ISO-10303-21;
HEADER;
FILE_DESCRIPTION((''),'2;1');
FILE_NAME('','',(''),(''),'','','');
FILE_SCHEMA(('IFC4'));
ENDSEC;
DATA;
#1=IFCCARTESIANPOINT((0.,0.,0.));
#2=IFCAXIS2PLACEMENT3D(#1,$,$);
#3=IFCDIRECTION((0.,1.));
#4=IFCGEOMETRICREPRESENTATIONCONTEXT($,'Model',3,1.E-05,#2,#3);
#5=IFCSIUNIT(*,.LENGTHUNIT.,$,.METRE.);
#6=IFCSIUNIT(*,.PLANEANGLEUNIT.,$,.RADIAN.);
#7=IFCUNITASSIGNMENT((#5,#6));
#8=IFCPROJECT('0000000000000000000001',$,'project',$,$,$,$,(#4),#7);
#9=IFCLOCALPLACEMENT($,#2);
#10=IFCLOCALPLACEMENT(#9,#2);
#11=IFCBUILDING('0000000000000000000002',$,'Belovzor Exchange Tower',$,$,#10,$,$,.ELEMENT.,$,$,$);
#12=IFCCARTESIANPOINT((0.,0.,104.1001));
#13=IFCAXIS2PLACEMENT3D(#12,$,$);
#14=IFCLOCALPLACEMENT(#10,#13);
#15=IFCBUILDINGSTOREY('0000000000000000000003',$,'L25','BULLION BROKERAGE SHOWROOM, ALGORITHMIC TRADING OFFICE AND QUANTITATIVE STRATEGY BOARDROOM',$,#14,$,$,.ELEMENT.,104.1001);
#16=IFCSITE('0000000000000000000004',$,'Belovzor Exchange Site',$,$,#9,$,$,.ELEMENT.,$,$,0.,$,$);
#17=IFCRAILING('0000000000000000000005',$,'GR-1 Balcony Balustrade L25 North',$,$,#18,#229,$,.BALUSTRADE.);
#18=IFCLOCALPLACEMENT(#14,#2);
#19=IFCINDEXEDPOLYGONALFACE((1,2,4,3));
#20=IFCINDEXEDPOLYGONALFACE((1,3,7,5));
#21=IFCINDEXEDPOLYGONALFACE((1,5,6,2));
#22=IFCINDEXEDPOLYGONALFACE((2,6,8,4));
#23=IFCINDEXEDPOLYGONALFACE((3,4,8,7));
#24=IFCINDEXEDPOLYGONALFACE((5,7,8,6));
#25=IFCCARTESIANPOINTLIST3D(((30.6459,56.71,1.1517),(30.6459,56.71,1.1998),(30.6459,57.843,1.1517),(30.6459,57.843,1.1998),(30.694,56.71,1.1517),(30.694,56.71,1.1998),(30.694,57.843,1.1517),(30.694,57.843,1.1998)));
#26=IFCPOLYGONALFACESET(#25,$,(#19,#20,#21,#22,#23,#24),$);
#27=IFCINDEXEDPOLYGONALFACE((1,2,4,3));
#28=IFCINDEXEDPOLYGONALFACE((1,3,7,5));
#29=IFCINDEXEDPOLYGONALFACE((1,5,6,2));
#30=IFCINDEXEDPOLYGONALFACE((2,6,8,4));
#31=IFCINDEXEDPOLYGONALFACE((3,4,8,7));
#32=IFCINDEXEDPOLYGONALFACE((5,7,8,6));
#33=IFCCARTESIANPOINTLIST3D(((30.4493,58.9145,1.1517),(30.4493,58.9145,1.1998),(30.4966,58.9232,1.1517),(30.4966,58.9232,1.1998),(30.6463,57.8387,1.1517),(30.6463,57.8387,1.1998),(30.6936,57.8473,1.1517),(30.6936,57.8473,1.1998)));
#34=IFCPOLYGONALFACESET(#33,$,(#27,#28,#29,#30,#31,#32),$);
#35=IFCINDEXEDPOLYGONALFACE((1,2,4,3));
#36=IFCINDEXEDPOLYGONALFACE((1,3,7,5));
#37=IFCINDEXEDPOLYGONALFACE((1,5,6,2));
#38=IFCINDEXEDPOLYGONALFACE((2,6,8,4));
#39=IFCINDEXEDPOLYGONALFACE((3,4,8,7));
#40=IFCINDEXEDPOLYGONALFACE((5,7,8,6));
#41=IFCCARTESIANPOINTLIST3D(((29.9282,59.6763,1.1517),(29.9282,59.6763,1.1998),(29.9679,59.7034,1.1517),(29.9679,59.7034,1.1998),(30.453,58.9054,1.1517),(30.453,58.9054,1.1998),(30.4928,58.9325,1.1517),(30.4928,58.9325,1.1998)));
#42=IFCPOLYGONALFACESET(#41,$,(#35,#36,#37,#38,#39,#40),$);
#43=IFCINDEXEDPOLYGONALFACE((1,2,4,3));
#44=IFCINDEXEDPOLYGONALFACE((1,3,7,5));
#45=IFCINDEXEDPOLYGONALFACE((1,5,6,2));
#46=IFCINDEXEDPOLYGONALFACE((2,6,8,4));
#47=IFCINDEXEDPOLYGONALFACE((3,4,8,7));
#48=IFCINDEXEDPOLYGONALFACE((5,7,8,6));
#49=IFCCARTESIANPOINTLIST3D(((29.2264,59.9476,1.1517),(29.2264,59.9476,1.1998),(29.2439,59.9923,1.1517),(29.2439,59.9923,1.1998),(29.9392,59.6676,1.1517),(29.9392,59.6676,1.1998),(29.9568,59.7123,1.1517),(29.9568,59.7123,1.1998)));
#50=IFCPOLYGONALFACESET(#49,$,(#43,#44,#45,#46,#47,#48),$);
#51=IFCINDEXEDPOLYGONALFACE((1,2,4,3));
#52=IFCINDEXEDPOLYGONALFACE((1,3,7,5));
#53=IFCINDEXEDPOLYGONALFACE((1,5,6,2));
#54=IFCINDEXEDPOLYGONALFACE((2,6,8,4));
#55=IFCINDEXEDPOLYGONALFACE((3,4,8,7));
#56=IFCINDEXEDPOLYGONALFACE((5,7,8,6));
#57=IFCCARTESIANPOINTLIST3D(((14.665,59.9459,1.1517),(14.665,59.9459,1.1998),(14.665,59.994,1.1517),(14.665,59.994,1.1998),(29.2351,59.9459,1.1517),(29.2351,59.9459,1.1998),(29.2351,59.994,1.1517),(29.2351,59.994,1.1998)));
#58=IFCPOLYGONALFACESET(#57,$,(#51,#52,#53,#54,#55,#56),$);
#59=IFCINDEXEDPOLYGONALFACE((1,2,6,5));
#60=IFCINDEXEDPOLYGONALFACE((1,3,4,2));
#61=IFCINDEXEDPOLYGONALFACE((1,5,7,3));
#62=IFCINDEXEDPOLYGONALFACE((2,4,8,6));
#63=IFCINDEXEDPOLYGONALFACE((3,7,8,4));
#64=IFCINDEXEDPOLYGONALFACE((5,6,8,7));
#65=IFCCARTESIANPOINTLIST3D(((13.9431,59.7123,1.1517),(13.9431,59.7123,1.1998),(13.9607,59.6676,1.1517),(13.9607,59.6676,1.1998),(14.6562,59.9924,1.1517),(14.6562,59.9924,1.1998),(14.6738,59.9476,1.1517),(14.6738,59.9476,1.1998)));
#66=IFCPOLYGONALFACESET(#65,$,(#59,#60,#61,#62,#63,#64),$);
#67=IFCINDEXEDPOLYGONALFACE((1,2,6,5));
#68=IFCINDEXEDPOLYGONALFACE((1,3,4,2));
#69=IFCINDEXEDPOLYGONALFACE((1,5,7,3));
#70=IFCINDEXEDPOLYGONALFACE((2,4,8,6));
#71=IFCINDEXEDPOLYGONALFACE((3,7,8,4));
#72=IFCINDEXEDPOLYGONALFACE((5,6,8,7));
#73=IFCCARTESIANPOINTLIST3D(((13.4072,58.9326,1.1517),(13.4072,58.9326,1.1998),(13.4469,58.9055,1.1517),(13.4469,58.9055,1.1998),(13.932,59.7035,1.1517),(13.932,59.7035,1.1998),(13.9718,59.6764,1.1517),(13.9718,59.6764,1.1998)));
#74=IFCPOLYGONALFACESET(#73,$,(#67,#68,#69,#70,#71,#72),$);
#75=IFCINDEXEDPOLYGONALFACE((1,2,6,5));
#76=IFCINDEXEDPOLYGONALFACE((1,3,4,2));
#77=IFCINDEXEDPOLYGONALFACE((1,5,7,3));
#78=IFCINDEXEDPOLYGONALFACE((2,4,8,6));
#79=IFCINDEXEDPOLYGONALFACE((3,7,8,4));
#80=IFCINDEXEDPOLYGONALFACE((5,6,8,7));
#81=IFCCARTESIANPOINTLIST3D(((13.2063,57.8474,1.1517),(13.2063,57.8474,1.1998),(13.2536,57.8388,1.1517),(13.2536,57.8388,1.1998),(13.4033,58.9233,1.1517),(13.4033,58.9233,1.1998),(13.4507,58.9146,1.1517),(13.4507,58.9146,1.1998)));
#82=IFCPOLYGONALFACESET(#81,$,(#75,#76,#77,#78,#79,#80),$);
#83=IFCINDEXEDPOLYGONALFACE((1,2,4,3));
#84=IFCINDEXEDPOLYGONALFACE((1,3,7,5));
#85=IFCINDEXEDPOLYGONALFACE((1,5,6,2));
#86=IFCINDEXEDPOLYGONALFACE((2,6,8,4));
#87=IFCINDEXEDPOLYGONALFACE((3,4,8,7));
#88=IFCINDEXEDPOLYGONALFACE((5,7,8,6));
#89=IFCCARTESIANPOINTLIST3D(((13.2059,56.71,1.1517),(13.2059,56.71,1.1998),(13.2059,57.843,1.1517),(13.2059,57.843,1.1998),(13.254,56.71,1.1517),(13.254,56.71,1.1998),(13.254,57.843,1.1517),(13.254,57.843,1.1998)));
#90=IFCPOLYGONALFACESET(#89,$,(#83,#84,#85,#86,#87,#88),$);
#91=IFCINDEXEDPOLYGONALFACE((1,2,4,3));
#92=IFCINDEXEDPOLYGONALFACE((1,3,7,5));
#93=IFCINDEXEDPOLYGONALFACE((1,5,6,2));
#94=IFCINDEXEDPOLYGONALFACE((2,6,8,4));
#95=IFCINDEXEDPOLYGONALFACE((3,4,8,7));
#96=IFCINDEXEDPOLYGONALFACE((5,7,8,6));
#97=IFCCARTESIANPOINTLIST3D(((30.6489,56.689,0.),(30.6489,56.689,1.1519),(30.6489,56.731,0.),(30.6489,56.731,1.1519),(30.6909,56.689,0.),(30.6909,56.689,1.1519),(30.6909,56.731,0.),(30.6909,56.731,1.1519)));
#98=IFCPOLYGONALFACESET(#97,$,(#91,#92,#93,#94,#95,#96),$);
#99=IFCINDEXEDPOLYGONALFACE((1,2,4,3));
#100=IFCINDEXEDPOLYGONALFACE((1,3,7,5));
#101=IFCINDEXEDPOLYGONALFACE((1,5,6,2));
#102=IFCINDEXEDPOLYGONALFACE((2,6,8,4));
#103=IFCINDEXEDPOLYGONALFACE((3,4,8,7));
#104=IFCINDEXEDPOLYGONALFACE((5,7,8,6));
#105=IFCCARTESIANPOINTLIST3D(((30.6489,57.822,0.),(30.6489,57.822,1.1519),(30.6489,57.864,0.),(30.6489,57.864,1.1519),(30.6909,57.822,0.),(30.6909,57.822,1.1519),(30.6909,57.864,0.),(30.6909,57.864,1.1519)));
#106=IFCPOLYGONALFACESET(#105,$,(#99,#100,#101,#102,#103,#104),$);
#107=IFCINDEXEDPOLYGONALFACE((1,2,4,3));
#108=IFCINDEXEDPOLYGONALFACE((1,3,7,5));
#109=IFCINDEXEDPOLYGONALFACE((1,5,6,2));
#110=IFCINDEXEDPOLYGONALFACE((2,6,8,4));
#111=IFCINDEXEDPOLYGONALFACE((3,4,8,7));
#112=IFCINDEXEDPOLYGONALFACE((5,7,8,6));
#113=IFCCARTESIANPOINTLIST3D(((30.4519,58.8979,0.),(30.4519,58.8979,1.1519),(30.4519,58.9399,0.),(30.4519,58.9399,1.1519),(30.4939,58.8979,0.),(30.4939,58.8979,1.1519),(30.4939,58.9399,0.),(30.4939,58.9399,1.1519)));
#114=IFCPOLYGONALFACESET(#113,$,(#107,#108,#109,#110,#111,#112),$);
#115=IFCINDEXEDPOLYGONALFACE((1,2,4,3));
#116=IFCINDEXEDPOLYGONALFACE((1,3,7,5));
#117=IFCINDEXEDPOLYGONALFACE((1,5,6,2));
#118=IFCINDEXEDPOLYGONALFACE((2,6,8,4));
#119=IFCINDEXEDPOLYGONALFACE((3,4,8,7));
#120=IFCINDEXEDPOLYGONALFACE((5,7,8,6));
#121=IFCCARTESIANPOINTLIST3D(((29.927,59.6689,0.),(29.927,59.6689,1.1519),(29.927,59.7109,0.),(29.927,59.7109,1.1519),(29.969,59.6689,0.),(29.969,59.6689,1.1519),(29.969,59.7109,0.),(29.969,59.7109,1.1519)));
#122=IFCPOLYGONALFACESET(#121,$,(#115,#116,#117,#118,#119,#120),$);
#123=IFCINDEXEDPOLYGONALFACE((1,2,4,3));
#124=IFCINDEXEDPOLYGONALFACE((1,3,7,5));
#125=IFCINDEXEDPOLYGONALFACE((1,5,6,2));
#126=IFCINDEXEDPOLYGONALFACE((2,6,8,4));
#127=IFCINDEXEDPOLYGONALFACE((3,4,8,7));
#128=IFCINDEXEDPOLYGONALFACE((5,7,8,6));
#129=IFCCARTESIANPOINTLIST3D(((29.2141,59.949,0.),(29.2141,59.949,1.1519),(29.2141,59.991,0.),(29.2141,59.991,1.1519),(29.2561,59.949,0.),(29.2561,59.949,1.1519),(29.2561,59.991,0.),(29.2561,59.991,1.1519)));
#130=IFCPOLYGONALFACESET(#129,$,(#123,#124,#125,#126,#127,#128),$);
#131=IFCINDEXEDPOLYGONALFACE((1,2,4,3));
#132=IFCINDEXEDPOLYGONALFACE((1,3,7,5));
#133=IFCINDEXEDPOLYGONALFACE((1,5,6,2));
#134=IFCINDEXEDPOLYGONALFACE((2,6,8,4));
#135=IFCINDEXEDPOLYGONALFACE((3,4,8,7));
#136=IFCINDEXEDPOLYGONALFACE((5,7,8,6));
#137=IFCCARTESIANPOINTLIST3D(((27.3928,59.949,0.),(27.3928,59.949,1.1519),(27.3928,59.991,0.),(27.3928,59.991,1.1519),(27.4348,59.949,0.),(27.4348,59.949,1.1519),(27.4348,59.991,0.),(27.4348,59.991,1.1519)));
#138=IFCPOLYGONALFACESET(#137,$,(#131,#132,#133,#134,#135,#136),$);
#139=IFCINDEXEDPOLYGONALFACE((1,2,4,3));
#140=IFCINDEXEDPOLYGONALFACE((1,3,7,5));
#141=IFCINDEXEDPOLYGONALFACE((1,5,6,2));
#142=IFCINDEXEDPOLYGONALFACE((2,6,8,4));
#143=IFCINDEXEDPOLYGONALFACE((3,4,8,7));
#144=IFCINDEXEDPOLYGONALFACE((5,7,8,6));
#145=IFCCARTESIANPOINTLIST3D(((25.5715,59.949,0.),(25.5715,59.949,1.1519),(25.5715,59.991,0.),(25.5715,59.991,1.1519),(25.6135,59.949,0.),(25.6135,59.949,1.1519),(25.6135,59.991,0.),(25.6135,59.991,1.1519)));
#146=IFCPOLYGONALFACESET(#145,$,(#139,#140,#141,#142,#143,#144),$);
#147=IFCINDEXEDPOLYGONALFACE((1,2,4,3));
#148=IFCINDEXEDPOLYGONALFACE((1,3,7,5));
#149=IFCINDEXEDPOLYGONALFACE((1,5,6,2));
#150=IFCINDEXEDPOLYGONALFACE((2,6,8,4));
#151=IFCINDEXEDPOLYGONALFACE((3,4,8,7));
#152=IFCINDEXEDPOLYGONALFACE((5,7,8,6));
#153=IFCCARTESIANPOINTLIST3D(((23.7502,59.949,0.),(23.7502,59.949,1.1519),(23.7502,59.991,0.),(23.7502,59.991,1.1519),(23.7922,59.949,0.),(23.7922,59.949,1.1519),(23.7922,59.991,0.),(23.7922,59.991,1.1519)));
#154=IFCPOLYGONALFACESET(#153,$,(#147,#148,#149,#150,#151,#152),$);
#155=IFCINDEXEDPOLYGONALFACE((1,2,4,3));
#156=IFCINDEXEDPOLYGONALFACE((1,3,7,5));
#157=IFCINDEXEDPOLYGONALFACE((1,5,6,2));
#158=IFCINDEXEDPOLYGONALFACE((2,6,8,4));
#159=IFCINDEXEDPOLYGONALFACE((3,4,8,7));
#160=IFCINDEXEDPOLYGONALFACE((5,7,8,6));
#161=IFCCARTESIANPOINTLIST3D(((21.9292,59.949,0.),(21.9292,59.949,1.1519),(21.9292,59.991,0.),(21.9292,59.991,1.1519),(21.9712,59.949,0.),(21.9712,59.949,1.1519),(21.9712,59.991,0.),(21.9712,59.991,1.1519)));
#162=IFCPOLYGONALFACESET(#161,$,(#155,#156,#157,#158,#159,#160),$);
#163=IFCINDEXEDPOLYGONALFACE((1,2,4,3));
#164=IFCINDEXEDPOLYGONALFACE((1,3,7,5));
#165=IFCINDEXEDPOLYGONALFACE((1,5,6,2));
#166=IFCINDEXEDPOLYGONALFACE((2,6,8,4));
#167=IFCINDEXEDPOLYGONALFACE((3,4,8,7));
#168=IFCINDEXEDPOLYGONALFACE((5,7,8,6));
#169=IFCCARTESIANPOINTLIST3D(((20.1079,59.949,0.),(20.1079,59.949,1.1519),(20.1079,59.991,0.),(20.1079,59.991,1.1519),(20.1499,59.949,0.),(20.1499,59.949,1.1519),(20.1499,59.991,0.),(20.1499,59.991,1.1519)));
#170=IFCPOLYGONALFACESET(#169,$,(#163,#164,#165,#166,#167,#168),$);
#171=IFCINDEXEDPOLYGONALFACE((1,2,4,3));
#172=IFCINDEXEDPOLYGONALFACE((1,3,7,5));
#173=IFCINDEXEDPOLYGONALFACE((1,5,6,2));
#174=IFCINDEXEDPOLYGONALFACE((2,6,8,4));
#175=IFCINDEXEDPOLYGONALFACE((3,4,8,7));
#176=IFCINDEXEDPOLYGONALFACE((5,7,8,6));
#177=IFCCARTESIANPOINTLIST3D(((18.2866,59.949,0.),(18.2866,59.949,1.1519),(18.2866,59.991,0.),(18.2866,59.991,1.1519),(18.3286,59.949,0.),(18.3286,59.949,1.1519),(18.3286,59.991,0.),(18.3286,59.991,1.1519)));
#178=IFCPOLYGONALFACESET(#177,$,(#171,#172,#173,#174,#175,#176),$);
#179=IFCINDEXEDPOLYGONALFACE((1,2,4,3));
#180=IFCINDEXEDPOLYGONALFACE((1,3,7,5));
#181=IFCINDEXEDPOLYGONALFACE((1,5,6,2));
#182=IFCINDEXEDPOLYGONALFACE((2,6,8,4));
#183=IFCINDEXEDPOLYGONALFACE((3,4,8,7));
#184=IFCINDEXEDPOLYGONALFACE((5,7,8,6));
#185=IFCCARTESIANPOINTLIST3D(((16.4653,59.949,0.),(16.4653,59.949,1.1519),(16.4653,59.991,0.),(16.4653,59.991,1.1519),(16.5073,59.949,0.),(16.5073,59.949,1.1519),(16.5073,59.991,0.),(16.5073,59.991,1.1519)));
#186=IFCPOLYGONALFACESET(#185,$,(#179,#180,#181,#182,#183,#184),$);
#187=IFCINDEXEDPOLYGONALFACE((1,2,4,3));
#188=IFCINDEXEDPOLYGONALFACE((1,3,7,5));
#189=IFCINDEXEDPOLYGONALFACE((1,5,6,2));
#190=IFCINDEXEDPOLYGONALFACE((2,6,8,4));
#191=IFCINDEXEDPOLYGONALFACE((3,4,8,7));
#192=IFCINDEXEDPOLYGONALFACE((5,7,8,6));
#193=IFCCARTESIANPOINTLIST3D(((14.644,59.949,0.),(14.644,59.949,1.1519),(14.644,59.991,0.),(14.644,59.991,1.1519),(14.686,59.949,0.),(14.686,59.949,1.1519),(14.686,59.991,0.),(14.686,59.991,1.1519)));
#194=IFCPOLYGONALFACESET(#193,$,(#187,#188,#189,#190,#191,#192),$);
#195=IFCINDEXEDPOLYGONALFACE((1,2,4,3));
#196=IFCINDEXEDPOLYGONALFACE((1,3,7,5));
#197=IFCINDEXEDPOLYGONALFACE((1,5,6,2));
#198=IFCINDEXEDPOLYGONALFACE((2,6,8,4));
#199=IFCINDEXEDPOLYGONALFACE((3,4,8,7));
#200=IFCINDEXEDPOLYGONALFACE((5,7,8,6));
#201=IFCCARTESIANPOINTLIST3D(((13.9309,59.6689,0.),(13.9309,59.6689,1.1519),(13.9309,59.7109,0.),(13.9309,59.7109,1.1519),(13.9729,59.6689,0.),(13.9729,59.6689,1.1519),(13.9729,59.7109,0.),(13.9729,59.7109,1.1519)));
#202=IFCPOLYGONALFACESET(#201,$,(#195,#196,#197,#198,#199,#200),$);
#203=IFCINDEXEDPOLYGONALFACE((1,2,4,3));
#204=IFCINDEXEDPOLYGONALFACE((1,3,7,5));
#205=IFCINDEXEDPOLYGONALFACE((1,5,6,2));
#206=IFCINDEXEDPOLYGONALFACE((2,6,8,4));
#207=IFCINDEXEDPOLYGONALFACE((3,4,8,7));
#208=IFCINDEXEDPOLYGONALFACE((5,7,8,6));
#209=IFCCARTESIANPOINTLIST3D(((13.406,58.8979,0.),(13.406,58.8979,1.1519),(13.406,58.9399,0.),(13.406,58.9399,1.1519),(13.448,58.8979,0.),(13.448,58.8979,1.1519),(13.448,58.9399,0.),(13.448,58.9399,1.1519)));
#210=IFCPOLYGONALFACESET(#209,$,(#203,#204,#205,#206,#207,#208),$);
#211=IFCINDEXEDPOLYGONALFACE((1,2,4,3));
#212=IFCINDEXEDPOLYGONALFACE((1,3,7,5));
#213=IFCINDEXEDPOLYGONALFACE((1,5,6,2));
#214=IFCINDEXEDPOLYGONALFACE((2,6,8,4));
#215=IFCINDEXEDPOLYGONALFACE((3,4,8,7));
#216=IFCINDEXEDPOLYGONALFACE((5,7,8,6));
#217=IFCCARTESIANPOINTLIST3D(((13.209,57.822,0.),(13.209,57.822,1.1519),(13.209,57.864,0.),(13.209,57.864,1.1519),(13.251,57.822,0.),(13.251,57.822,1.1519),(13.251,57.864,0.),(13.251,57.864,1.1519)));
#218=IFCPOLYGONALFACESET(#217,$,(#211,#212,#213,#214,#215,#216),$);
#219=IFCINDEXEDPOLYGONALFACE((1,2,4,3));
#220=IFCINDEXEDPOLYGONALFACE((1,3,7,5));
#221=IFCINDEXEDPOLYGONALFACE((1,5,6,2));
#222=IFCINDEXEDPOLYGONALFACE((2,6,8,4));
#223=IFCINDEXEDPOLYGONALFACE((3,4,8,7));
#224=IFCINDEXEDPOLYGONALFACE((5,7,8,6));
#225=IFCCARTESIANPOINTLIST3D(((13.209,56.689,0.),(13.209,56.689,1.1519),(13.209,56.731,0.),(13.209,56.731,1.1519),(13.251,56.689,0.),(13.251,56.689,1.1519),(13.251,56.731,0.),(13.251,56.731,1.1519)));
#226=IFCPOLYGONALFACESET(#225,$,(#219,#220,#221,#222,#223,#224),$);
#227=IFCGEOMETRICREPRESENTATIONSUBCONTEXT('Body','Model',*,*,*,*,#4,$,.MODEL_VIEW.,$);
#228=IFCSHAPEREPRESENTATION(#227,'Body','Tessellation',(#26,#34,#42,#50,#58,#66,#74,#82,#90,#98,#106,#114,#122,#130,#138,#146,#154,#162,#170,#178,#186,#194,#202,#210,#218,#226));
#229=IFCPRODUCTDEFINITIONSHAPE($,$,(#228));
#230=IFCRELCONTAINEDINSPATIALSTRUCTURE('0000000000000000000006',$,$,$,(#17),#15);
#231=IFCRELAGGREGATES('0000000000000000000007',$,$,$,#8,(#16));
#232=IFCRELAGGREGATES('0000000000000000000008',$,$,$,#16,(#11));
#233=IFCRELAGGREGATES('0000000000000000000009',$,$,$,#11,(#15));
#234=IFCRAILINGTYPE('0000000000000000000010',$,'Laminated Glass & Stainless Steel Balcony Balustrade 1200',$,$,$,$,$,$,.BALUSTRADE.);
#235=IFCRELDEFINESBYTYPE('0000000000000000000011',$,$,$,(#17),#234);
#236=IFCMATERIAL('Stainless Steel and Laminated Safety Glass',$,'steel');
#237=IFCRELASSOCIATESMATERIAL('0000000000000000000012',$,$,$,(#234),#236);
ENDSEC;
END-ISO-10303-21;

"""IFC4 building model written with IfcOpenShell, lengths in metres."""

from ifc_helpers import new_model, si_unit, direction, frame, origin, origin_2d, place, context, subcontext, project, spatial, rectangle, extrude, material, type_object, element, save


model = new_model("IFC4")

# Units and contexts
model_context = context("Model", 3, precision=1e-05, world=origin(), true_north=direction((0.0, 1.0)))
body_context = subcontext(model_context, "Body", "Model", "MODEL_VIEW")
ifc_project = project(units=[si_unit("LENGTHUNIT", "METRE"), si_unit("PLANEANGLEUNIT", "RADIAN")], contexts=[model_context])

# Site, building, storey
site_placement = place(None, origin())
site = spatial("IfcSite", under=ifc_project, at=site_placement, Name="Belovzor Exchange Site", CompositionType="ELEMENT", RefElevation=0.0)
building_placement = place(site_placement, origin())
building = spatial("IfcBuilding", under=site, at=building_placement, Name="Belovzor Exchange Tower", CompositionType="ELEMENT")
storey_placement = place(building_placement, frame((0.0, 0.0, 104.1001)))
storey = spatial("IfcBuildingStorey", under=building, at=storey_placement, Name="L25", Description="BULLION BROKERAGE SHOWROOM, ALGORITHMIC TRADING OFFICE AND QUANTITATIVE STRATEGY BOARDROOM", CompositionType="ELEMENT", Elevation=104.1001)

# Railing
ifc_material_1 = material(Name="Stainless Steel and Laminated Safety Glass", Category="steel")
railing_type = type_object("IfcRailingType", Name="Laminated Glass & Stainless Steel Balcony Balustrade 1200", PredefinedType="BALUSTRADE", material=ifc_material_1)
railing_placement = place(storey_placement, frame((30.6699, 56.71, 0.0)))
element("IfcRailing", 1, at=railing_placement, inside=storey, type_object=railing_type, Name="GR-1 Balcony Balustrade L25 North", PredefinedType="BALUSTRADE", context=body_context, shape_type="SweptSolid", body=[
    extrude(rectangle(XDim=0.0481, YDim=0.0481, at=origin_2d()), frame((0.0, 0.0, 1.1758), z_axis=(0.0, 1.0, 0.0), x_axis=(-1.0, 0.0, 0.0)), (0.0, 0.0, 1.0), 1.1331),
    extrude(rectangle(XDim=0.0481, YDim=0.0481, at=origin_2d()), frame((0.0, 1.1331, 1.1758), z_axis=(-0.180123, 0.983644, 0.0), x_axis=(-0.983644, -0.180123, 0.0)), (0.0, 0.0, 1.0), 1.0938),
    extrude(rectangle(XDim=0.0481, YDim=0.0481, at=origin_2d()), frame((-0.197, 2.209, 1.1758), z_axis=(-0.562768, 0.826615, 0.0), x_axis=(-0.826615, -0.562768, 0.0)), (0.0, 0.0, 1.0), 0.9326),
    extrude(rectangle(XDim=0.0481, YDim=0.0481, at=origin_2d()), frame((-0.7219, 2.98, 1.1758), z_axis=(-0.930767, 0.365613, 0.0), x_axis=(-0.365613, -0.930767, 0.0)), (0.0, 0.0, 1.0), 0.7659),
    extrude(rectangle(XDim=0.0481, YDim=0.0481, at=origin_2d()), frame((-1.4348, 3.26, 1.1758), z_axis=(-1.0, 0.0, 0.0), x_axis=(0.0, -1.0, 0.0)), (0.0, 0.0, 1.0), 14.5701),
    extrude(rectangle(XDim=0.0481, YDim=0.0481, at=origin_2d()), frame((-16.0049, 3.26, 1.1758), z_axis=(-0.93081, -0.365504, 0.0), x_axis=(0.365504, -0.93081, 0.0)), (0.0, 0.0, 1.0), 0.7661),
    extrude(rectangle(XDim=0.0481, YDim=0.0481, at=origin_2d()), frame((-16.718, 2.98, 1.1758), z_axis=(-0.562768, -0.826615, 0.0), x_axis=(0.826615, -0.562768, 0.0)), (0.0, 0.0, 1.0), 0.9326),
    extrude(rectangle(XDim=0.0481, YDim=0.0481, at=origin_2d()), frame((-17.2429, 2.209, 1.1758), z_axis=(-0.180123, -0.983644, 0.0), x_axis=(0.983644, -0.180123, 0.0)), (0.0, 0.0, 1.0), 1.0938),
    extrude(rectangle(XDim=0.0481, YDim=0.0481, at=origin_2d()), frame((-17.4399, 1.1331, 1.1758), z_axis=(0.0, -1.0, 0.0), x_axis=(1.0, 0.0, 0.0)), (0.0, 0.0, 1.0), 1.1331),
    extrude(rectangle(XDim=0.042, YDim=0.042, at=origin_2d()), origin(), (0.0, 0.0, 1.0), 1.1519),
    extrude(rectangle(XDim=0.042, YDim=0.042, at=origin_2d()), frame((0.0, 1.1331, 0.0)), (0.0, 0.0, 1.0), 1.1519),
    extrude(rectangle(XDim=0.042, YDim=0.042, at=origin_2d()), frame((-0.197, 2.209, 0.0)), (0.0, 0.0, 1.0), 1.1519),
    extrude(rectangle(XDim=0.042, YDim=0.042, at=origin_2d()), frame((-0.7219, 2.98, 0.0)), (0.0, 0.0, 1.0), 1.1519),
    extrude(rectangle(XDim=0.042, YDim=0.042, at=origin_2d()), frame((-1.4348, 3.26, 0.0)), (0.0, 0.0, 1.0), 1.1519),
    extrude(rectangle(XDim=0.042, YDim=0.042, at=origin_2d()), frame((-3.2561, 3.26, 0.0)), (0.0, 0.0, 1.0), 1.1519),
    extrude(rectangle(XDim=0.042, YDim=0.042, at=origin_2d()), frame((-5.0774, 3.26, 0.0)), (0.0, 0.0, 1.0), 1.1519),
    extrude(rectangle(XDim=0.042, YDim=0.042, at=origin_2d()), frame((-6.8987, 3.26, 0.0)), (0.0, 0.0, 1.0), 1.1519),
    extrude(rectangle(XDim=0.042, YDim=0.042, at=origin_2d()), frame((-8.7197, 3.26, 0.0)), (0.0, 0.0, 1.0), 1.1519),
    extrude(rectangle(XDim=0.042, YDim=0.042, at=origin_2d()), frame((-10.541, 3.26, 0.0)), (0.0, 0.0, 1.0), 1.1519),
    extrude(rectangle(XDim=0.042, YDim=0.042, at=origin_2d()), frame((-12.3623, 3.26, 0.0)), (0.0, 0.0, 1.0), 1.1519),
    extrude(rectangle(XDim=0.042, YDim=0.042, at=origin_2d()), frame((-14.1836, 3.26, 0.0)), (0.0, 0.0, 1.0), 1.1519),
    extrude(rectangle(XDim=0.042, YDim=0.042, at=origin_2d()), frame((-16.0049, 3.26, 0.0)), (0.0, 0.0, 1.0), 1.1519),
    extrude(rectangle(XDim=0.042, YDim=0.042, at=origin_2d()), frame((-16.718, 2.98, 0.0)), (0.0, 0.0, 1.0), 1.1519),
    extrude(rectangle(XDim=0.042, YDim=0.042, at=origin_2d()), frame((-17.2429, 2.209, 0.0)), (0.0, 0.0, 1.0), 1.1519),
    extrude(rectangle(XDim=0.042, YDim=0.042, at=origin_2d()), frame((-17.4399, 1.1331, 0.0)), (0.0, 0.0, 1.0), 1.1519),
    extrude(rectangle(XDim=0.042, YDim=0.042, at=origin_2d()), frame((-17.4399, 0.0, 0.0)), (0.0, 0.0, 1.0), 1.1519),
])

save(model, "model.ifc")
